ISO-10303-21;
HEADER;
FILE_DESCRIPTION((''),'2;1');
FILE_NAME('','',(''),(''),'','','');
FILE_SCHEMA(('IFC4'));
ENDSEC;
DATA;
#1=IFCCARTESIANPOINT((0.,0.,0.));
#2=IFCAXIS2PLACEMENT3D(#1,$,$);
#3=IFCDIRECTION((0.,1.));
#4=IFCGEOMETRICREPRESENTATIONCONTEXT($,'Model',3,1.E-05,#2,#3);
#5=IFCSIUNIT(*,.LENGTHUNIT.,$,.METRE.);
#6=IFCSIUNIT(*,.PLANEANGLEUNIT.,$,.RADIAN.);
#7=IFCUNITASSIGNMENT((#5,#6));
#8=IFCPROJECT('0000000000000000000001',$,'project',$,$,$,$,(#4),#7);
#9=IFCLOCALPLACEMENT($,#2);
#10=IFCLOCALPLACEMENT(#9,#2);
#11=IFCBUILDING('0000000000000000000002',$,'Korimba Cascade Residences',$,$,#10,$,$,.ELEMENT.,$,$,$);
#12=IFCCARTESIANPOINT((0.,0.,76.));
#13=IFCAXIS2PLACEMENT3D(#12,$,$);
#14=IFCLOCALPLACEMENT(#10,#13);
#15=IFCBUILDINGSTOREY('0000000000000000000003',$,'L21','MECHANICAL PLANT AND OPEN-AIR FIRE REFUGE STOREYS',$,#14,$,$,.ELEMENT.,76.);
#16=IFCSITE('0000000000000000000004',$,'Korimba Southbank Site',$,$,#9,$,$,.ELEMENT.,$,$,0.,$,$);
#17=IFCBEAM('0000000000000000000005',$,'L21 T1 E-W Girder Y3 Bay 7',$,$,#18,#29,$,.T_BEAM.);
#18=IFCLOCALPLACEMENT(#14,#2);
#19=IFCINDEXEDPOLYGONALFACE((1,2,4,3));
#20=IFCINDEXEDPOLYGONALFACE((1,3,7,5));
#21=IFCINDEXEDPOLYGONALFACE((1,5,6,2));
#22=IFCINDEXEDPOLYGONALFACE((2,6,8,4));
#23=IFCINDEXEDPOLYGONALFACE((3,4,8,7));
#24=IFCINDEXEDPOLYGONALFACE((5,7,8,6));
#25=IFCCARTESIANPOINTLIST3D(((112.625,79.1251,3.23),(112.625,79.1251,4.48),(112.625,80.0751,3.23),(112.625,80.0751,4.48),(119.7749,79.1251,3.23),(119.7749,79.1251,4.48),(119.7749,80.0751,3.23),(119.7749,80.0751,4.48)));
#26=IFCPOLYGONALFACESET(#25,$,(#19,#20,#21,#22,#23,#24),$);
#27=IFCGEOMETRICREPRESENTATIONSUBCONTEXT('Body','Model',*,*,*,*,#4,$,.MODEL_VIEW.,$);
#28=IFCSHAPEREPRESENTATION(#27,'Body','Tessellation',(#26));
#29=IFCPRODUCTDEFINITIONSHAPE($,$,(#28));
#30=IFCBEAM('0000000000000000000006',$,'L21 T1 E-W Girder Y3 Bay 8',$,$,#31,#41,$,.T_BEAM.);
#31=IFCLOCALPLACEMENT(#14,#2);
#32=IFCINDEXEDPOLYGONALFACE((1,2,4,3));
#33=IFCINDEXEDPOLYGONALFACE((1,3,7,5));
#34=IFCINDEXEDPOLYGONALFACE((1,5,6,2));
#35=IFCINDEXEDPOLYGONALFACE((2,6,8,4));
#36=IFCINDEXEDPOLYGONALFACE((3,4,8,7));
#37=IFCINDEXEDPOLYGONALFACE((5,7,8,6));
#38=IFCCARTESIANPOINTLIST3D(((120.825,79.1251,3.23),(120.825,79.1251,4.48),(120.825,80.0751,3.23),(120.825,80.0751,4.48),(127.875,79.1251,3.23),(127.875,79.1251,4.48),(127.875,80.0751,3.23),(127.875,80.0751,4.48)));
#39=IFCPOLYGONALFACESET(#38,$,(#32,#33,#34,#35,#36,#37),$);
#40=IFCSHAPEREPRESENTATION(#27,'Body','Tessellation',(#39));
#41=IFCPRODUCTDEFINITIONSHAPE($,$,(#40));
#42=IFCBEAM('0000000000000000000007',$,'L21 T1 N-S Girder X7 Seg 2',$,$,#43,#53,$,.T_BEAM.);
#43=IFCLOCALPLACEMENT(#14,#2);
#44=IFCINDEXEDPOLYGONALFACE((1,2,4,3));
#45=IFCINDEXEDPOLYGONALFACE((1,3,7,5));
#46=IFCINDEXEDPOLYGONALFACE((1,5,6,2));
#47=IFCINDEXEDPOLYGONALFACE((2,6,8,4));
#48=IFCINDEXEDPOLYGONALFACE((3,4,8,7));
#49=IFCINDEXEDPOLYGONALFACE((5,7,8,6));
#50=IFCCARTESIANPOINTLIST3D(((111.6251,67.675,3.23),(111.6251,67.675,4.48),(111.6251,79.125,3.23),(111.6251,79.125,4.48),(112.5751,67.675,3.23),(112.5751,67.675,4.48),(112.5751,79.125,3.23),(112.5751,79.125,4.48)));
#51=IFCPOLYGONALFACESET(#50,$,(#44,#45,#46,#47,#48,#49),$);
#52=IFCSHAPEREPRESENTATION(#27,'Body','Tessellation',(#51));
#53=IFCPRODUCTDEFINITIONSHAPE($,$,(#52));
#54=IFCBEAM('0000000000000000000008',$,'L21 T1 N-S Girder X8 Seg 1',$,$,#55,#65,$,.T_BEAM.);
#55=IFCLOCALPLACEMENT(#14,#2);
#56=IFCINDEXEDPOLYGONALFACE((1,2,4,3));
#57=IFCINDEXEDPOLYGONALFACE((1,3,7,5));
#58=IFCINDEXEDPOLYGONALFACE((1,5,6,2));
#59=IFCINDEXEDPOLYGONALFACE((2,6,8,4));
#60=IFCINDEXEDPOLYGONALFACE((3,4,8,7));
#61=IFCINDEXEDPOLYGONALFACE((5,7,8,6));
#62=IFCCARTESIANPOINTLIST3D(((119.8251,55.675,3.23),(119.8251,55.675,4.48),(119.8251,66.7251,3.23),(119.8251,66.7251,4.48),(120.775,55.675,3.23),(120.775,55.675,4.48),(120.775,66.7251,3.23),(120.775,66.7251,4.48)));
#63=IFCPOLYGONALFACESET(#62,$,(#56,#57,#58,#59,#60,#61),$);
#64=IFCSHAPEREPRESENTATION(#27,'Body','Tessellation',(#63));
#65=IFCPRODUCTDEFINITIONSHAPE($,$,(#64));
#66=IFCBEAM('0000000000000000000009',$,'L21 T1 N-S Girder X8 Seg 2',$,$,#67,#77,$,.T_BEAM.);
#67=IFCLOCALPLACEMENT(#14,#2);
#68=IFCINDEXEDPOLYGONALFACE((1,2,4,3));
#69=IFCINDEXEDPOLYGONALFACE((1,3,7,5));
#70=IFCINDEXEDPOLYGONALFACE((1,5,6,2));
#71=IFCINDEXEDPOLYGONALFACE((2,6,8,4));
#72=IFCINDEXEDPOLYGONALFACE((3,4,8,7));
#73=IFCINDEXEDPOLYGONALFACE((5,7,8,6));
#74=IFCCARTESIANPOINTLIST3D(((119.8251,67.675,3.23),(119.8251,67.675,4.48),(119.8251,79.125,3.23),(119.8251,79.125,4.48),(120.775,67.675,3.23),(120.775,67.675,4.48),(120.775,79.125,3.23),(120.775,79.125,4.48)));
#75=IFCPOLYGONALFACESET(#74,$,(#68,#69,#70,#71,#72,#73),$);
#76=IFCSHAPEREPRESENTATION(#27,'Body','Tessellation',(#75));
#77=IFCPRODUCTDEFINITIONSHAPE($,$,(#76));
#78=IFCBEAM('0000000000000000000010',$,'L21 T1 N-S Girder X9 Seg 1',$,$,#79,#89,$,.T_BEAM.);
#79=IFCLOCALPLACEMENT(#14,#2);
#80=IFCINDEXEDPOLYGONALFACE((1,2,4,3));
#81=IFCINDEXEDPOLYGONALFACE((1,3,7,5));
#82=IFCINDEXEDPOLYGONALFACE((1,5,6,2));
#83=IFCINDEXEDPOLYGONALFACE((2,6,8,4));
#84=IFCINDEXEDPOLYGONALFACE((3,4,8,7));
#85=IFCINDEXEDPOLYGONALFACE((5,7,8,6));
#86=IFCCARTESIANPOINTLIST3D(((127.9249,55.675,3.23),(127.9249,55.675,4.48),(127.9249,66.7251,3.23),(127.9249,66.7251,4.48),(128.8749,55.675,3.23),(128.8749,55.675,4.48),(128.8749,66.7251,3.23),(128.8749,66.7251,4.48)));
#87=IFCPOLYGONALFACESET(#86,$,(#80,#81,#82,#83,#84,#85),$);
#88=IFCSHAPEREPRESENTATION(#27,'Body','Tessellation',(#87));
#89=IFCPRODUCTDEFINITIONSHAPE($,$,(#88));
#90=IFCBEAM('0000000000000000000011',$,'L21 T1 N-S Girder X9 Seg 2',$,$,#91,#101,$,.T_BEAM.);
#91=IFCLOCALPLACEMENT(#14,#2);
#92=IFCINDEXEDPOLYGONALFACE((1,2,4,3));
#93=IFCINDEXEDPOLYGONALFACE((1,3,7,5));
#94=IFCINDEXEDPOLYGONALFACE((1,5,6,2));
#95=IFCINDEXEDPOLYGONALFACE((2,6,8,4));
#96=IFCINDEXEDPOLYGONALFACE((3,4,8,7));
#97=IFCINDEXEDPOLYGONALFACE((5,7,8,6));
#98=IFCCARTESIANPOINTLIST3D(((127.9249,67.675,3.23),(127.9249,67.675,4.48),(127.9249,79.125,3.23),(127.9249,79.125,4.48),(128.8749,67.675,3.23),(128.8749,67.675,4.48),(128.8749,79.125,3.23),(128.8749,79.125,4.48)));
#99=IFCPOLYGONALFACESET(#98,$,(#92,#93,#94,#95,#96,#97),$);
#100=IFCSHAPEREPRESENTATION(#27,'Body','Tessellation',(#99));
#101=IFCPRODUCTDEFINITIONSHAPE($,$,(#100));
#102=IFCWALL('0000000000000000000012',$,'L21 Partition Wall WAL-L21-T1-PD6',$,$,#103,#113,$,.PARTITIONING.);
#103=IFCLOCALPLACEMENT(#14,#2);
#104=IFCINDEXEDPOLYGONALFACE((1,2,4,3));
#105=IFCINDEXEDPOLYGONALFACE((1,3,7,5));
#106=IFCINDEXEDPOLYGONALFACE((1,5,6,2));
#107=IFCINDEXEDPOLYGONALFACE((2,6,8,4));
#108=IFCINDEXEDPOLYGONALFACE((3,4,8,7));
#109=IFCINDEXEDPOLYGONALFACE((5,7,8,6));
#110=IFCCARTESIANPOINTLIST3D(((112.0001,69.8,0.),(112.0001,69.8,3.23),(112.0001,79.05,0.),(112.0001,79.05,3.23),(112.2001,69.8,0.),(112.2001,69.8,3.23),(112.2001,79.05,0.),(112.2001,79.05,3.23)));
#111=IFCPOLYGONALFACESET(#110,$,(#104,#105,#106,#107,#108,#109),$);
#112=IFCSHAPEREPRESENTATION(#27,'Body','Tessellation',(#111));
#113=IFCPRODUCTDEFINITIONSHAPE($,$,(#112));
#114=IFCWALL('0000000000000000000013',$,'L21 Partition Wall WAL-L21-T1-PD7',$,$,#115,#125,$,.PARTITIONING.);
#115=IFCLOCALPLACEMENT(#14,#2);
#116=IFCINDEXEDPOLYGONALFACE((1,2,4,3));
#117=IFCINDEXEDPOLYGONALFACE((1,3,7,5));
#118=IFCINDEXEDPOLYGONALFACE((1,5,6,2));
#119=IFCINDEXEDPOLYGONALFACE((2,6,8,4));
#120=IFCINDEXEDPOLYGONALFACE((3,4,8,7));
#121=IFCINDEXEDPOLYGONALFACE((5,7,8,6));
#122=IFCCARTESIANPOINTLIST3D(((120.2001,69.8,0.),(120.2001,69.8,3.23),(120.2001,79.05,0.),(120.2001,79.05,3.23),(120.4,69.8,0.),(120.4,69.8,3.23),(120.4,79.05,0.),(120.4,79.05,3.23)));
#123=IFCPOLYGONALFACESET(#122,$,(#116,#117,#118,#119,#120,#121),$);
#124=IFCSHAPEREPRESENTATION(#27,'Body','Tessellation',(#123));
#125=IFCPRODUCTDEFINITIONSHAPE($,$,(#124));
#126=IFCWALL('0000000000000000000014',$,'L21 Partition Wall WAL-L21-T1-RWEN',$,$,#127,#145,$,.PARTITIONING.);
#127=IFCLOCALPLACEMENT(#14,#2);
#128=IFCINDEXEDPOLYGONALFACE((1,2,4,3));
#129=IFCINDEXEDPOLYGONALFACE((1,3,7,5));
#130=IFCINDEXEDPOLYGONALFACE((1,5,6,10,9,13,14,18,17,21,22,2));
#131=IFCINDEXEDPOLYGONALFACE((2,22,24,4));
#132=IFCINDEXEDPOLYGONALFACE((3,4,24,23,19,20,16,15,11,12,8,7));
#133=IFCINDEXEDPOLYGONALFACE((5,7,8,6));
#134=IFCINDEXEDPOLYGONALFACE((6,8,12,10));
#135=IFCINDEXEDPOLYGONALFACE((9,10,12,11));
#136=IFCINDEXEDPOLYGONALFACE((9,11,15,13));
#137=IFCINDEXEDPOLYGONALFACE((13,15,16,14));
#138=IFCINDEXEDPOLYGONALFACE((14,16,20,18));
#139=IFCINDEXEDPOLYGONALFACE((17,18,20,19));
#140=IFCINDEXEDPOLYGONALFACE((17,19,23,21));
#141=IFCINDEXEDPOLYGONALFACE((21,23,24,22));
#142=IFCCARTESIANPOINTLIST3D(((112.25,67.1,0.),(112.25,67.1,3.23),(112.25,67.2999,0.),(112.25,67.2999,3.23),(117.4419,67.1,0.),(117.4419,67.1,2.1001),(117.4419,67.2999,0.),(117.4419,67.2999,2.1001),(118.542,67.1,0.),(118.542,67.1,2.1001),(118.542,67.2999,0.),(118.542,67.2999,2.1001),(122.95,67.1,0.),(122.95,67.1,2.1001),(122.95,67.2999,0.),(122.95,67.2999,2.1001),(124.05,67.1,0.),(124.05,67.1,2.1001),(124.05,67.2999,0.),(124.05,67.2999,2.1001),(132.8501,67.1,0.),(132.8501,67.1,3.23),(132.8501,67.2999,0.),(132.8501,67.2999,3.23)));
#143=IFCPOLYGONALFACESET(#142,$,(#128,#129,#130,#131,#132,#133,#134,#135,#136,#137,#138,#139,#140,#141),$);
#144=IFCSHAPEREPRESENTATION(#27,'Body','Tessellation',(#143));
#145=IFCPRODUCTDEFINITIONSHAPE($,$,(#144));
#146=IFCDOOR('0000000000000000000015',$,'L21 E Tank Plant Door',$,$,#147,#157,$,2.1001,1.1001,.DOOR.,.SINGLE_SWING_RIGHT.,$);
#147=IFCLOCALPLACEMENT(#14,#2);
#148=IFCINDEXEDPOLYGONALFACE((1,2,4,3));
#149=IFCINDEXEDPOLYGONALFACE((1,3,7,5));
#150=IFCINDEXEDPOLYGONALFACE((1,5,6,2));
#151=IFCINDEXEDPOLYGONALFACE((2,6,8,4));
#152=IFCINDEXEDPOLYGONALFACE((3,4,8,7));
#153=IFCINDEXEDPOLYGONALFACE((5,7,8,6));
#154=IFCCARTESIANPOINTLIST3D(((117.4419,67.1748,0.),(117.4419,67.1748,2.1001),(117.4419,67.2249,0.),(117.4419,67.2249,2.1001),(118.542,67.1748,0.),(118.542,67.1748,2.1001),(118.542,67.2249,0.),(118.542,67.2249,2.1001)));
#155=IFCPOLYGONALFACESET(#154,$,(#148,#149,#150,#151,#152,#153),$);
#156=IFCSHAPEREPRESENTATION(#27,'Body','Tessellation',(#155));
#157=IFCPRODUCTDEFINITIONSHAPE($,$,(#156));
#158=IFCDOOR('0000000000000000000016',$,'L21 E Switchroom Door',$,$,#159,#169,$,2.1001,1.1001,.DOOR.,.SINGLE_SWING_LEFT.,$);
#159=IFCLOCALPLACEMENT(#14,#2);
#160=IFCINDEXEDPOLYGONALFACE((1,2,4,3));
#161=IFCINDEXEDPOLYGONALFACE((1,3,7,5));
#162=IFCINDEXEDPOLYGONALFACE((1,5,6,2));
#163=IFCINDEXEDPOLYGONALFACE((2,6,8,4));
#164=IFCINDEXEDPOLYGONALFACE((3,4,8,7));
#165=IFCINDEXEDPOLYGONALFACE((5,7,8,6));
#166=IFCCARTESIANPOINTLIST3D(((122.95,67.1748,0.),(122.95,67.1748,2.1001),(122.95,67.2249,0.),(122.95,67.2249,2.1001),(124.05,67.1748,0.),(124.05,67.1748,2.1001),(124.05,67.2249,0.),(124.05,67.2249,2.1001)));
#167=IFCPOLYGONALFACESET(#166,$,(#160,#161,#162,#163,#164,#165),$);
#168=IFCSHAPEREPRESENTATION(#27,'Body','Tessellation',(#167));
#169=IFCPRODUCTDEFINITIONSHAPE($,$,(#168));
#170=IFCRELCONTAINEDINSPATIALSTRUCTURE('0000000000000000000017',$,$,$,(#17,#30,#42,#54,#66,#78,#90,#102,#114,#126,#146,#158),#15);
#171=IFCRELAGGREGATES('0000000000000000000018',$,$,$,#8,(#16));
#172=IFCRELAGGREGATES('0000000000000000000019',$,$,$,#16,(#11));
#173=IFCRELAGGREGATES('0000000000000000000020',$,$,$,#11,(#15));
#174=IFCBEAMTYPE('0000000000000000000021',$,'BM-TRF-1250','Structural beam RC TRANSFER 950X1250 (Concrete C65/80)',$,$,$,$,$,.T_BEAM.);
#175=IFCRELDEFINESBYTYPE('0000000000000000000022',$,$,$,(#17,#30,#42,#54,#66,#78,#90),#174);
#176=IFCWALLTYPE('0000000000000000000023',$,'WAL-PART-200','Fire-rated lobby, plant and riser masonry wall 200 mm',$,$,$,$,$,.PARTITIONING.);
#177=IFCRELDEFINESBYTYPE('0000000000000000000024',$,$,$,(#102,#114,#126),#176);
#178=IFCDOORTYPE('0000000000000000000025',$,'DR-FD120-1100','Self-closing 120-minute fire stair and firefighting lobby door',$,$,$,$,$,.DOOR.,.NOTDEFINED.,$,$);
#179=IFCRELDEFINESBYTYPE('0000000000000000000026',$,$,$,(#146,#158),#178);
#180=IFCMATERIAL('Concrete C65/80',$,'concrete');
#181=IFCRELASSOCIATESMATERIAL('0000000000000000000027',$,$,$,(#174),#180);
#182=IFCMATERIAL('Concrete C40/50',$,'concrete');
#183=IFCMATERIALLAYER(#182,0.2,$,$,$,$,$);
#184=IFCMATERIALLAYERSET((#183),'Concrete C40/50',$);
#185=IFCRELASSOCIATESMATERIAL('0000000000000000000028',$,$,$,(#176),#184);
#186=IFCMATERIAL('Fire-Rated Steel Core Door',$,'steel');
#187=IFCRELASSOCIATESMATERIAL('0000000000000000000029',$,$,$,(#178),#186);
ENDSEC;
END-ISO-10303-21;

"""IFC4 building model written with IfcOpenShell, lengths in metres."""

from ifc_helpers import new_model, si_unit, direction, frame, frame_2d, origin, origin_2d, place, context, subcontext, project, spatial, rectangle, extrude, material, layer, layer_set, material_profile, profile_set, type_object, element, fill, save


model = new_model("IFC4")

# Units and contexts
model_context = context("Model", 3, precision=1e-05, world=origin(), true_north=direction((0.0, 1.0)))
body_context = subcontext(model_context, "Body", "Model", "MODEL_VIEW")
ifc_project = project(units=[si_unit("LENGTHUNIT", "METRE"), si_unit("PLANEANGLEUNIT", "RADIAN")], contexts=[model_context])

# Site, building, storey
site_placement = place(None, origin())
site = spatial("IfcSite", under=ifc_project, at=site_placement, Name="Korimba Southbank Site", CompositionType="ELEMENT", RefElevation=0.0)
building_placement = place(site_placement, origin())
building = spatial("IfcBuilding", under=site, at=building_placement, Name="Korimba Cascade Residences", CompositionType="ELEMENT")
storey_placement = place(building_placement, frame((0.0, 0.0, 76.0)))
storey = spatial("IfcBuildingStorey", under=building, at=storey_placement, Name="L21", Description="MECHANICAL PLANT AND OPEN-AIR FIRE REFUGE STOREYS", CompositionType="ELEMENT", Elevation=76.0)

# Beams
ifc_material_1 = material(Name="Concrete C65/80", Category="concrete")
ifc_material_profile_1 = material_profile(ifc_material_1, rectangle(XDim=0.95, YDim=1.25, at=origin_2d()), Name="Concrete C65/80")
ifc_profile_set_1 = profile_set([ifc_material_profile_1], Name="Concrete C65/80")
beam_type_1 = type_object("IfcBeamType", Name="BM-TRF-1250", Description="Structural beam RC TRANSFER 950X1250 (Concrete C65/80)", PredefinedType="T_BEAM", material=ifc_profile_set_1)
beam_1_placement = place(storey_placement, frame((112.625, 79.6001, 3.855), z_axis=(1.0, 0.0, 0.0), x_axis=(0.0, 1.0, 0.0)))
element("IfcBeam", 1, at=beam_1_placement, inside=storey, type_object=beam_type_1, Name="L21 T1 E-W Girder Y3 Bay 7", PredefinedType="T_BEAM", context=body_context, shape_type="SweptSolid", body=[
    extrude(rectangle(XDim=0.95, YDim=1.25, at=origin_2d()), origin(), (0.0, 0.0, 1.0), 7.1499),
])
beam_2_placement = place(storey_placement, frame((120.825, 79.6001, 3.855), z_axis=(1.0, 0.0, 0.0), x_axis=(0.0, 1.0, 0.0)))
element("IfcBeam", 2, at=beam_2_placement, inside=storey, type_object=beam_type_1, Name="L21 T1 E-W Girder Y3 Bay 8", PredefinedType="T_BEAM", context=body_context, shape_type="SweptSolid", body=[
    extrude(rectangle(XDim=0.95, YDim=1.25, at=origin_2d()), origin(), (0.0, 0.0, 1.0), 7.05),
])
beam_3_placement = place(storey_placement, frame((112.1001, 67.675, 3.855), z_axis=(0.0, 1.0, 0.0), x_axis=(-1.0, 0.0, 0.0)))
element("IfcBeam", 3, at=beam_3_placement, inside=storey, type_object=beam_type_1, Name="L21 T1 N-S Girder X7 Seg 2", PredefinedType="T_BEAM", context=body_context, shape_type="SweptSolid", body=[
    extrude(rectangle(XDim=0.95, YDim=1.25, at=origin_2d()), origin(), (0.0, 0.0, 1.0), 11.45),
])
beam_4_placement = place(storey_placement, frame((120.3, 55.675, 3.855), z_axis=(0.0, 1.0, 0.0), x_axis=(-1.0, 0.0, 0.0)))
element("IfcBeam", 4, at=beam_4_placement, inside=storey, type_object=beam_type_1, Name="L21 T1 N-S Girder X8 Seg 1", PredefinedType="T_BEAM", context=body_context, shape_type="SweptSolid", body=[
    extrude(rectangle(XDim=0.95, YDim=1.25, at=origin_2d()), origin(), (0.0, 0.0, 1.0), 11.05),
])
beam_5_placement = place(storey_placement, frame((120.3, 67.675, 3.855), z_axis=(0.0, 1.0, 0.0), x_axis=(-1.0, 0.0, 0.0)))
element("IfcBeam", 5, at=beam_5_placement, inside=storey, type_object=beam_type_1, Name="L21 T1 N-S Girder X8 Seg 2", PredefinedType="T_BEAM", context=body_context, shape_type="SweptSolid", body=[
    extrude(rectangle(XDim=0.95, YDim=1.25, at=origin_2d()), origin(), (0.0, 0.0, 1.0), 11.45),
])
beam_6_placement = place(storey_placement, frame((128.3999, 55.675, 3.855), z_axis=(0.0, 1.0, 0.0), x_axis=(-1.0, 0.0, 0.0)))
element("IfcBeam", 6, at=beam_6_placement, inside=storey, type_object=beam_type_1, Name="L21 T1 N-S Girder X9 Seg 1", PredefinedType="T_BEAM", context=body_context, shape_type="SweptSolid", body=[
    extrude(rectangle(XDim=0.95, YDim=1.25, at=origin_2d()), origin(), (0.0, 0.0, 1.0), 11.05),
])
beam_7_placement = place(storey_placement, frame((128.3999, 67.675, 3.855), z_axis=(0.0, 1.0, 0.0), x_axis=(-1.0, 0.0, 0.0)))
element("IfcBeam", 7, at=beam_7_placement, inside=storey, type_object=beam_type_1, Name="L21 T1 N-S Girder X9 Seg 2", PredefinedType="T_BEAM", context=body_context, shape_type="SweptSolid", body=[
    extrude(rectangle(XDim=0.95, YDim=1.25, at=origin_2d()), origin(), (0.0, 0.0, 1.0), 11.45),
])

# Walls
ifc_material_2 = material(Name="Concrete C40/50", Category="concrete")
ifc_layer = layer(ifc_material_2, 0.2)
ifc_layer_set = layer_set([ifc_layer], Name="Concrete C40/50")
wall_type = type_object("IfcWallType", Name="WAL-PART-200", Description="Fire-rated lobby, plant and riser masonry wall 200 mm", PredefinedType="PARTITIONING", material=ifc_layer_set)
for number, where, z_axis, x_axis, name in (
    (8, (112.1001, 69.8, 0.0), (0.0, 0.0, 1.0), (0.0, 1.0, 0.0), "L21 Partition Wall WAL-L21-T1-PD6"),
    (9, (120.3, 69.8, 0.0), (0.0, 0.0, 1.0), (0.0, 1.0, 0.0), "L21 Partition Wall WAL-L21-T1-PD7"),
):
    element("IfcWall", number, at=place(storey_placement, frame(where, z_axis=z_axis, x_axis=x_axis)), inside=storey, type_object=wall_type, Name=name, PredefinedType="PARTITIONING", context=body_context, shape_type="SweptSolid", body=[
        extrude(rectangle(XDim=9.25, YDim=0.2, at=frame_2d((4.625, 0.0))), origin(), (0.0, 0.0, 1.0), 3.23),
    ])

# Wall, openings, doors
wall_placement = place(storey_placement, frame((112.25, 67.2, 0.0), z_axis=(0.0, 0.0, 1.0), x_axis=(1.0, 0.0, 0.0)))
wall = element("IfcWall", 10, at=wall_placement, inside=storey, type_object=wall_type, Name="L21 Partition Wall WAL-L21-T1-RWEN", PredefinedType="PARTITIONING", context=body_context, shape_type="SweptSolid", body=[
    extrude(rectangle(XDim=20.6001, YDim=0.2, at=frame_2d((10.3, 0.0))), origin(), (0.0, 0.0, 1.0), 3.23),
])
opening_1_placement = place(wall_placement, frame((5.1919, 0.0, 0.0)))
opening_1 = element("IfcOpeningElement", 11, at=opening_1_placement, cuts=wall, PredefinedType="OPENING", context=body_context, shape_type="SweptSolid", body=[
    extrude(rectangle(XDim=1.1001, YDim=2.1001, at=frame_2d((0.55, 1.05))), frame((0.0, 0.1099, 0.0), z_axis=(0.0, -1.0, 0.0), x_axis=(1.0, 0.0, 0.0)), (0.0, 0.0, 1.0), 0.22),
])
opening_2_placement = place(wall_placement, frame((10.7, 0.0, 0.0)))
opening_2 = element("IfcOpeningElement", 12, at=opening_2_placement, cuts=wall, PredefinedType="OPENING", context=body_context, shape_type="SweptSolid", body=[
    extrude(rectangle(XDim=1.1001, YDim=2.1001, at=frame_2d((0.55, 1.05))), frame((0.0, 0.1099, 0.0), z_axis=(0.0, -1.0, 0.0), x_axis=(1.0, 0.0, 0.0)), (0.0, 0.0, 1.0), 0.22),
])
ifc_material_3 = material(Name="Fire-Rated Steel Core Door", Category="steel")
door_type = type_object("IfcDoorType", Name="DR-FD120-1100", Description="Self-closing 120-minute fire stair and firefighting lobby door", OperationType="NOTDEFINED", PredefinedType="DOOR", material=ifc_material_3)
door_1_placement = place(opening_1_placement, origin())
door_1 = element("IfcDoor", 13, at=door_1_placement, inside=storey, type_object=door_type, Name="L21 E Tank Plant Door", OperationType="SINGLE_SWING_RIGHT", OverallHeight=2.1001, OverallWidth=1.1001, PredefinedType="DOOR", context=body_context, shape_type="SweptSolid", body=[
    extrude(rectangle(XDim=1.1001, YDim=2.1001, at=frame_2d((0.55, 1.05))), frame((0.0, 0.0249, 0.0), z_axis=(0.0, -1.0, 0.0), x_axis=(1.0, 0.0, 0.0)), (0.0, 0.0, 1.0), 0.05),
])
fill(opening_1, door_1)
door_2_placement = place(opening_2_placement, origin())
door_2 = element("IfcDoor", 14, at=door_2_placement, inside=storey, type_object=door_type, Name="L21 E Switchroom Door", OperationType="SINGLE_SWING_LEFT", OverallHeight=2.1001, OverallWidth=1.1001, PredefinedType="DOOR", context=body_context, shape_type="SweptSolid", body=[
    extrude(rectangle(XDim=1.1001, YDim=2.1001, at=frame_2d((0.55, 1.05))), frame((0.0, 0.0249, 0.0), z_axis=(0.0, -1.0, 0.0), x_axis=(1.0, 0.0, 0.0)), (0.0, 0.0, 1.0), 0.05),
])
fill(opening_2, door_2)

save(model, "model.ifc")
